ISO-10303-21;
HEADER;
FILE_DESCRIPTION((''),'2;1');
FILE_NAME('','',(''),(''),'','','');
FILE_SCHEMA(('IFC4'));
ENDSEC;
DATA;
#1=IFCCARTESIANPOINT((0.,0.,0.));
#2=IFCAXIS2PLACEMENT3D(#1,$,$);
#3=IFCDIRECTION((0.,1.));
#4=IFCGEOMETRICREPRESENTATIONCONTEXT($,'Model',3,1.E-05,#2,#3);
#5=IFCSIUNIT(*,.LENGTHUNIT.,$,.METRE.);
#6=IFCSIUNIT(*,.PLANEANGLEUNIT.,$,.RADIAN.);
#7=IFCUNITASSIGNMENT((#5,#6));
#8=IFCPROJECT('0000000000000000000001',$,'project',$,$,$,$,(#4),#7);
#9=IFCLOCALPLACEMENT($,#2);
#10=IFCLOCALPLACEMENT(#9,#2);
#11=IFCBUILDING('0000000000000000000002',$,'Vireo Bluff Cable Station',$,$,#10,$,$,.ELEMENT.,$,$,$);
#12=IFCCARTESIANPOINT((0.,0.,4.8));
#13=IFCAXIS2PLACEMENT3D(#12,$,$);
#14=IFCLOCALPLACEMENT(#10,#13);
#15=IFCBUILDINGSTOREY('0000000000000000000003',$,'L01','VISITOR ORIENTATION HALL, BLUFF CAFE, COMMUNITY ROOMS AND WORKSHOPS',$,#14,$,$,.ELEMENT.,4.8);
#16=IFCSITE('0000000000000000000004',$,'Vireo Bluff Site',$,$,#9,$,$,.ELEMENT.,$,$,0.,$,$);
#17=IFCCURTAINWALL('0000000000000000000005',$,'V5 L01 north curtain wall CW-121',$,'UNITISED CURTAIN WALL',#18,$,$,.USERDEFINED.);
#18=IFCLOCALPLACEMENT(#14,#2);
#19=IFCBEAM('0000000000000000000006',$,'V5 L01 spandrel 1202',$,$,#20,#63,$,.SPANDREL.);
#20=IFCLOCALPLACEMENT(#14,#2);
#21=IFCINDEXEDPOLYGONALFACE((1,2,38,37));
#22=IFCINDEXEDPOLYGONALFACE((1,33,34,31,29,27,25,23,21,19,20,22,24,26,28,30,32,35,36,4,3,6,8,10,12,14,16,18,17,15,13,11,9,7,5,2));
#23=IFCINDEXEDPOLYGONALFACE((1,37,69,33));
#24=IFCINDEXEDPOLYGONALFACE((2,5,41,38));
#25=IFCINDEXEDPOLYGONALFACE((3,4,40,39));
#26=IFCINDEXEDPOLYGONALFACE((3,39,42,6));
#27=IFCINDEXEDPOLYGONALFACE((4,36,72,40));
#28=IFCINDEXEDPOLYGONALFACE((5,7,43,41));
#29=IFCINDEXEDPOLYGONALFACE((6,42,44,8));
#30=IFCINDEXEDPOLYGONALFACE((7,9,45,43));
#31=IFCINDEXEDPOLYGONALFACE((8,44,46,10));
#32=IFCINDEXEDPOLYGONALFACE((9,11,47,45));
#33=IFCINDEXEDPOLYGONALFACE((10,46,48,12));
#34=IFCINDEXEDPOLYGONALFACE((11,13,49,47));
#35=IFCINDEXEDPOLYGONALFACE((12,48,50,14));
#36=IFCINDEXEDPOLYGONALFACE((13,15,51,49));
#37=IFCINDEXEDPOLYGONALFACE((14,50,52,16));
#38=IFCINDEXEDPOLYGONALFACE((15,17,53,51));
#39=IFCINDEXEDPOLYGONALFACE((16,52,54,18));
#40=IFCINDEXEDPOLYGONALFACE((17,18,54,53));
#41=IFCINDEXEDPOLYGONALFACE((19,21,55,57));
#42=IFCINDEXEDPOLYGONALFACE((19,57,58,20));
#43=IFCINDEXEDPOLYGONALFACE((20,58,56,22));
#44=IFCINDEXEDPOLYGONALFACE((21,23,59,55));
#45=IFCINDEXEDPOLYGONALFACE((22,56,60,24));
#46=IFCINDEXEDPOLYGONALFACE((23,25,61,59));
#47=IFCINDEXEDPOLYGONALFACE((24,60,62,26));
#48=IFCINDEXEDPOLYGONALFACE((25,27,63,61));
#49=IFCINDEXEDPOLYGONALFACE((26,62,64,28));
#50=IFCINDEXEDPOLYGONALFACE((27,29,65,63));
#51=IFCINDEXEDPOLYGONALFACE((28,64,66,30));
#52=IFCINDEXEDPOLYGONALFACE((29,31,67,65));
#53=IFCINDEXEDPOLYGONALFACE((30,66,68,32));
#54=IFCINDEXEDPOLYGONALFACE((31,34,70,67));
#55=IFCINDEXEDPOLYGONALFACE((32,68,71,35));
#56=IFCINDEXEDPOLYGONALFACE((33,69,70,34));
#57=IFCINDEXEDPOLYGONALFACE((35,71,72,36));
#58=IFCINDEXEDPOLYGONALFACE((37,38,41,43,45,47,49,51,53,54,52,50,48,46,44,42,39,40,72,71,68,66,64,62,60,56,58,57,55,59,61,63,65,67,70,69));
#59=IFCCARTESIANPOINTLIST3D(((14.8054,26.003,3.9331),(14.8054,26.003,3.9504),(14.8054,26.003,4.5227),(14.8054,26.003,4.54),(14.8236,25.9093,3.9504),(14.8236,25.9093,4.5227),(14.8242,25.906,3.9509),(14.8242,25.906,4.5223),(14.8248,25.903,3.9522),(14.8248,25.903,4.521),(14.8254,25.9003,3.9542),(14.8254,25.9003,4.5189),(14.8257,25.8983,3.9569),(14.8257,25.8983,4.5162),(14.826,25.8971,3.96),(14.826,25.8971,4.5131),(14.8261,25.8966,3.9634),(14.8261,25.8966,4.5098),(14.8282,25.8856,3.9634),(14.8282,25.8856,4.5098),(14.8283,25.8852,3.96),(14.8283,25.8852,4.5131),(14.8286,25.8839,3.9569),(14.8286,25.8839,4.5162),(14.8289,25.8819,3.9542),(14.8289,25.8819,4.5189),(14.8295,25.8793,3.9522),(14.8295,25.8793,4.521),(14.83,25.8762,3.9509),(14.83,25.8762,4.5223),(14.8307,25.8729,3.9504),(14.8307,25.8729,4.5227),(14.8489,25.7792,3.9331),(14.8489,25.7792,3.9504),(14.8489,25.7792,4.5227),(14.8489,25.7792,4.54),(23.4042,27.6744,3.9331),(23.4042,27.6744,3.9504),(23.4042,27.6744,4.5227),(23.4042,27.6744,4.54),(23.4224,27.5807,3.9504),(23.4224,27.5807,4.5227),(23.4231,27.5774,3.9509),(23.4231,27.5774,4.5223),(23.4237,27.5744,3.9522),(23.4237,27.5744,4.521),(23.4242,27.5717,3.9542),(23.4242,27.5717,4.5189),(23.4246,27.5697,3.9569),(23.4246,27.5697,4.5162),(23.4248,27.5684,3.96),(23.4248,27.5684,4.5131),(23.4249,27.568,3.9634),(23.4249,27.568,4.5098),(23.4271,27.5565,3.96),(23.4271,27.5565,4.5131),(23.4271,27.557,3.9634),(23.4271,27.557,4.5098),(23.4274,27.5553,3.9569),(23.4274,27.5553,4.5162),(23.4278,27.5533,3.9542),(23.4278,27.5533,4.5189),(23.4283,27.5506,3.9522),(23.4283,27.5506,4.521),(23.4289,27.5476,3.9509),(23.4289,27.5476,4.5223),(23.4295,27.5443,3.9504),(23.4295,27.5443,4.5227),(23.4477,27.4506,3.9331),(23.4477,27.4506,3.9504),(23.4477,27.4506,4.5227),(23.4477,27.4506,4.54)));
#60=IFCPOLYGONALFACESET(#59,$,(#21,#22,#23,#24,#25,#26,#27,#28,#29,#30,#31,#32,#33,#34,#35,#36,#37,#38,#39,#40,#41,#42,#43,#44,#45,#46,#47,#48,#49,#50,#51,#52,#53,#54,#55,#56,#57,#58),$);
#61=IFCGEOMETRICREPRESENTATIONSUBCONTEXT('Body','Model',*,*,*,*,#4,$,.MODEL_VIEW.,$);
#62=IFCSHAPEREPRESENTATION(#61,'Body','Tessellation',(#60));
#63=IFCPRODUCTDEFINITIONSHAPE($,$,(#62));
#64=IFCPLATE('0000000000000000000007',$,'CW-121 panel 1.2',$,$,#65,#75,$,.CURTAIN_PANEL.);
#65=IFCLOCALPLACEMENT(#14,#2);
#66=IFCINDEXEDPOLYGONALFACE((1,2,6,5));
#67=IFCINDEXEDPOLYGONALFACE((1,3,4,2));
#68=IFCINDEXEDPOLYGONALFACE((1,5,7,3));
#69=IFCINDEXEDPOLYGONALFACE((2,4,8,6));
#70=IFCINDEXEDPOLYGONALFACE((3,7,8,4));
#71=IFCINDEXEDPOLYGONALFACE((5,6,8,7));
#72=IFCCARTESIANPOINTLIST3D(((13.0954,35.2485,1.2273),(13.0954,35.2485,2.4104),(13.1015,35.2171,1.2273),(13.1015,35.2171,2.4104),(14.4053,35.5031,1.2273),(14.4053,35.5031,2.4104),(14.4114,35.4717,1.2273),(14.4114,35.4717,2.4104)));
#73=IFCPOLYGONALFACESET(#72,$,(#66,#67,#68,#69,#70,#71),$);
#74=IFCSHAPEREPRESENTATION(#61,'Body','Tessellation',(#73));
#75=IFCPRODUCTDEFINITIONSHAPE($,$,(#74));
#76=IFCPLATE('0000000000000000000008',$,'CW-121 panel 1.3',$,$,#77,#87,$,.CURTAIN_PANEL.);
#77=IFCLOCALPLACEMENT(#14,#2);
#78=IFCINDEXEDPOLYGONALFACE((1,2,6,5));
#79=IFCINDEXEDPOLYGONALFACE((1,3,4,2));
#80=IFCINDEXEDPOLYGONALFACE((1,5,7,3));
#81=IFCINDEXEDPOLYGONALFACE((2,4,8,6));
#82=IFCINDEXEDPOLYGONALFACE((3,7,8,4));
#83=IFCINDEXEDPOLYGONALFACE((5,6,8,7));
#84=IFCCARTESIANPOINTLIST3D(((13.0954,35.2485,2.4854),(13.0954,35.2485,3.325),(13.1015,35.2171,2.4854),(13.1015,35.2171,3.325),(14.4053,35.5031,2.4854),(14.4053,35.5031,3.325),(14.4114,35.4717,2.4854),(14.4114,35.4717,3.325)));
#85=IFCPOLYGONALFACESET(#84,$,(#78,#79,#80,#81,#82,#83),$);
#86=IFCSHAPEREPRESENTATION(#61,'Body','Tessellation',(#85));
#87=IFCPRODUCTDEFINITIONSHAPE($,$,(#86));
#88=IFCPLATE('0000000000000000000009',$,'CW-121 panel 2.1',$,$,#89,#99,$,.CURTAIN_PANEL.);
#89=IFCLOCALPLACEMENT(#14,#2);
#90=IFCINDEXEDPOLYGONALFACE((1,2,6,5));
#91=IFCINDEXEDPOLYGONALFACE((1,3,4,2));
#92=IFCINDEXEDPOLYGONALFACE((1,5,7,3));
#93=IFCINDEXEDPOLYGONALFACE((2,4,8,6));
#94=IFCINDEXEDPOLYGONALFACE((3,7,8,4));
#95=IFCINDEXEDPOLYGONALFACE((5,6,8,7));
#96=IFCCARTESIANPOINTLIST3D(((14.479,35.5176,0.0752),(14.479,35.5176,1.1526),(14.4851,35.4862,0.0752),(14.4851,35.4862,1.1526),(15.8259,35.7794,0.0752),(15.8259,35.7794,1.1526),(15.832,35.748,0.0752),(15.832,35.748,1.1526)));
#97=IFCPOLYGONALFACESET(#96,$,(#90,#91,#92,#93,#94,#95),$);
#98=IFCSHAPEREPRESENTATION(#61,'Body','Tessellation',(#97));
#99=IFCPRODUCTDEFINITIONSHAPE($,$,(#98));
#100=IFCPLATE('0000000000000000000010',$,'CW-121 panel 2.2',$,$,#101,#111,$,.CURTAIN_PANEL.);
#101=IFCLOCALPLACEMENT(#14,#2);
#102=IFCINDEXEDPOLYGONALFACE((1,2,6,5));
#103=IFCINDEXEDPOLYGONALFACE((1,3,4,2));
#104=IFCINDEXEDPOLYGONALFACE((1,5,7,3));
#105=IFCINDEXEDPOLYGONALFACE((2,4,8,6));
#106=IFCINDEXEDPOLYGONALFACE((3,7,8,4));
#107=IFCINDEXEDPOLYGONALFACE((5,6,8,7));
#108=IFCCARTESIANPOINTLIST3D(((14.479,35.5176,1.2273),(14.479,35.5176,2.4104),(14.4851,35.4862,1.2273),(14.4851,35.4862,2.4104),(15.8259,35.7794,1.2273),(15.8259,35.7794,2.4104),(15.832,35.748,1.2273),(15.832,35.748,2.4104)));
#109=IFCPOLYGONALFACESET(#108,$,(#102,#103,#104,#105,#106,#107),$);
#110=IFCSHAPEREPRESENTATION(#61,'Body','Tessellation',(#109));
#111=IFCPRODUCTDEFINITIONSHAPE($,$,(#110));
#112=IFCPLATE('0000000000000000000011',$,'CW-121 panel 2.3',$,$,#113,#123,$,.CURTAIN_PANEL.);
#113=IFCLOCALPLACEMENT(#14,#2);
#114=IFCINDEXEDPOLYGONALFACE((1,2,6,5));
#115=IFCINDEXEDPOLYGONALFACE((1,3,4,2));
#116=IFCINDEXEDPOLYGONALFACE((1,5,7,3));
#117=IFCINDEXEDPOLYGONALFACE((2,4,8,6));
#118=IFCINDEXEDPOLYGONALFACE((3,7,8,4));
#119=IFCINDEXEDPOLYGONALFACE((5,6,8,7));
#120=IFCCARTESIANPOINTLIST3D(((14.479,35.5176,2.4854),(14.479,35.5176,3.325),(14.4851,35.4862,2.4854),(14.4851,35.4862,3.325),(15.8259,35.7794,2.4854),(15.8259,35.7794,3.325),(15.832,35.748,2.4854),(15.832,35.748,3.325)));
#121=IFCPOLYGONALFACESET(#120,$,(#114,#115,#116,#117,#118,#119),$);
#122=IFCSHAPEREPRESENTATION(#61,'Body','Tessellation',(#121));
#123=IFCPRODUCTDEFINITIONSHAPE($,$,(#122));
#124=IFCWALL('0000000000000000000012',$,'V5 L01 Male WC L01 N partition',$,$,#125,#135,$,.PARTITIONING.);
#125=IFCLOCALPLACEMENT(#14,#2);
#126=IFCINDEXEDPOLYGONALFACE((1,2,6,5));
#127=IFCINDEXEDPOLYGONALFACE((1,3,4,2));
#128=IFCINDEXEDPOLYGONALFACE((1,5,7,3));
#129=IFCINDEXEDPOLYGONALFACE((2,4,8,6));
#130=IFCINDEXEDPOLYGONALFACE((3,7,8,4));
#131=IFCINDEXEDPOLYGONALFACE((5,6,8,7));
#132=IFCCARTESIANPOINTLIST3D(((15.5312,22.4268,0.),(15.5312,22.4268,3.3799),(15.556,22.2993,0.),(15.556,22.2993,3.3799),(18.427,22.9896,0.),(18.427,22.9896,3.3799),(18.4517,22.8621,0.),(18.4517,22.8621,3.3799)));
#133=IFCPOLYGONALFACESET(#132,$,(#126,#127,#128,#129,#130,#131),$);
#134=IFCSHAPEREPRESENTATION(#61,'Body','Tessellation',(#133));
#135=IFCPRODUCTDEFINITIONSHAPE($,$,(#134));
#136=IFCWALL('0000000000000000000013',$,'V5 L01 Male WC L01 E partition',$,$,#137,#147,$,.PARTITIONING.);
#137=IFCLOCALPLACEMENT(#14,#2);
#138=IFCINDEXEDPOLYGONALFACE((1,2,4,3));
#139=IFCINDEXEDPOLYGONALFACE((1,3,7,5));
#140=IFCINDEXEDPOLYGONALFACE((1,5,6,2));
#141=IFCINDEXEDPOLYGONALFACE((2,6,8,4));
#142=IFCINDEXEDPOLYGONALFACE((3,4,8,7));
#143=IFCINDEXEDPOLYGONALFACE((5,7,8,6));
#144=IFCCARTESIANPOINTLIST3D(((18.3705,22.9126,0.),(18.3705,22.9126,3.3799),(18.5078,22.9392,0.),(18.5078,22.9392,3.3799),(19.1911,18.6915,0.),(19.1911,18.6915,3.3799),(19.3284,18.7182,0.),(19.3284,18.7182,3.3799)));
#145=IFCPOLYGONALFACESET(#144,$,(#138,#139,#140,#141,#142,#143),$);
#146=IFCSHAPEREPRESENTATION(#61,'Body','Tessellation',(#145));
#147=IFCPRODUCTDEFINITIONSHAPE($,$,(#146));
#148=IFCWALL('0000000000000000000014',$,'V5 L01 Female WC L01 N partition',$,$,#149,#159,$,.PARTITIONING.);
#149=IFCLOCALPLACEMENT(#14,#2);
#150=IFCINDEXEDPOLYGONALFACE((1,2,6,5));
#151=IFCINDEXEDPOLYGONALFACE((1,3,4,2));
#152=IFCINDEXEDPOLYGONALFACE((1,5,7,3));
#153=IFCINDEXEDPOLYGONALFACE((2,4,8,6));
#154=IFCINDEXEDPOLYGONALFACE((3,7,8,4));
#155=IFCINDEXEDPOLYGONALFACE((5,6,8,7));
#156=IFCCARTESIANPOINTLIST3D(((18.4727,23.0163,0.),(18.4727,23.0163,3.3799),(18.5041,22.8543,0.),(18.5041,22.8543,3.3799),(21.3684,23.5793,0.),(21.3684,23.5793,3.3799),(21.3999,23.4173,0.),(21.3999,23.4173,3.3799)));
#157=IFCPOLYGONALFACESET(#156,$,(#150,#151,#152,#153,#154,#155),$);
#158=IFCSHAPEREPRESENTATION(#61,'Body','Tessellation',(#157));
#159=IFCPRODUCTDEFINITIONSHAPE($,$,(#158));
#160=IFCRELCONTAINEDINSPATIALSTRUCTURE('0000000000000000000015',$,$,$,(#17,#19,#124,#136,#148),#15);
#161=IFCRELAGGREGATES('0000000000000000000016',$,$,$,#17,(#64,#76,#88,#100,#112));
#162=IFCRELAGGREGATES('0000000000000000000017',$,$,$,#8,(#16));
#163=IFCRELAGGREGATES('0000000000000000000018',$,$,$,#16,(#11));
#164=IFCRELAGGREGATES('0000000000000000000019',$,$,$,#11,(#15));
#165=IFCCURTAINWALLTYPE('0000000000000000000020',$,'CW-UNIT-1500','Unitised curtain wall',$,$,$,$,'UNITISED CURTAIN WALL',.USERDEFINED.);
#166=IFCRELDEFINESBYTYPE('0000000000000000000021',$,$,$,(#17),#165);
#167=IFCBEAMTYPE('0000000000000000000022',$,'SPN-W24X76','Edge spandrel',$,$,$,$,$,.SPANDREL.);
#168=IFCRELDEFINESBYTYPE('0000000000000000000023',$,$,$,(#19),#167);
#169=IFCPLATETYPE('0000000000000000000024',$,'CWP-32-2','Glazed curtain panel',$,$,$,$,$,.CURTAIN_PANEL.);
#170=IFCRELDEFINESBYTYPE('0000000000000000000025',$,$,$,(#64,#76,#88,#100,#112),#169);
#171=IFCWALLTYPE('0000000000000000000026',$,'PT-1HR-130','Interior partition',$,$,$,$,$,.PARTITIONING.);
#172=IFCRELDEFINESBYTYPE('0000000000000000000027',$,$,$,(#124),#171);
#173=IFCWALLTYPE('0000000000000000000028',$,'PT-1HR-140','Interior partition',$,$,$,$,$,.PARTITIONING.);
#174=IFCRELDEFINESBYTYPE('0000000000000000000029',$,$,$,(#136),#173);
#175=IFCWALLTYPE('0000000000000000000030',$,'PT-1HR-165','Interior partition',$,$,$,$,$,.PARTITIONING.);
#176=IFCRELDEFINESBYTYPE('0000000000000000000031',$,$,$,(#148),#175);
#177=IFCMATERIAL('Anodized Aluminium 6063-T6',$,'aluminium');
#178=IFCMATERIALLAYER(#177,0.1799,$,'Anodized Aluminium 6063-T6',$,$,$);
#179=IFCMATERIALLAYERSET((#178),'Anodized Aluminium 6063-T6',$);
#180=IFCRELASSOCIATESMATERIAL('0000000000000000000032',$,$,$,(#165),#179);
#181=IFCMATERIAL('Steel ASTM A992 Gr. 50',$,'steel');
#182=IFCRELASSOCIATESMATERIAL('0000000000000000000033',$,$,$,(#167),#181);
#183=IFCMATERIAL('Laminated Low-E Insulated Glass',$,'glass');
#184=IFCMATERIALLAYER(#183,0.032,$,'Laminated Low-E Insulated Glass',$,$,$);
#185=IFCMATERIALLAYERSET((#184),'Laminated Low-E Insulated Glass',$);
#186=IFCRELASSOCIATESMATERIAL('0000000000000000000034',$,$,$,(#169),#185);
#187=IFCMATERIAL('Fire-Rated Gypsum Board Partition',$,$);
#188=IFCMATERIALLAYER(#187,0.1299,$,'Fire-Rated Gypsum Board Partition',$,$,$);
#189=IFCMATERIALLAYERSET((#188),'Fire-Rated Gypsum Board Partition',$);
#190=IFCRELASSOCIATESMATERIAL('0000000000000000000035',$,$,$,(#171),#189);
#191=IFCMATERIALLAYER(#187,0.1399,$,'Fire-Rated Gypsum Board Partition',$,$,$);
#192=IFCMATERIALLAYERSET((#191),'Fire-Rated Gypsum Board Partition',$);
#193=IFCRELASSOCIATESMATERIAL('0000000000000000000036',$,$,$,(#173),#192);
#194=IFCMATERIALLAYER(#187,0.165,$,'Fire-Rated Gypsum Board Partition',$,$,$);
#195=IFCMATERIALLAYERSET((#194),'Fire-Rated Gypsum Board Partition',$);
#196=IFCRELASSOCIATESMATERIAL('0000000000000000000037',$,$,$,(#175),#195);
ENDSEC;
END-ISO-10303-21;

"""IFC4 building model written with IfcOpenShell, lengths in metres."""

from ifc_helpers import new_model, si_unit, direction, frame, frame_2d, origin, origin_2d, place, context, subcontext, project, spatial, rectangle, i_section, extrude, material, layer, layer_set, material_profile, profile_set, type_object, element, aggregate, save


model = new_model("IFC4")

# Units and contexts
model_context = context("Model", 3, precision=1e-05, world=origin(), true_north=direction((0.0, 1.0)))
body_context = subcontext(model_context, "Body", "Model", "MODEL_VIEW")
ifc_project = project(units=[si_unit("LENGTHUNIT", "METRE"), si_unit("PLANEANGLEUNIT", "RADIAN")], contexts=[model_context])

# Site, building, storey
site_placement = place(None, origin())
site = spatial("IfcSite", under=ifc_project, at=site_placement, Name="Vireo Bluff Site", CompositionType="ELEMENT", RefElevation=0.0)
building_placement = place(site_placement, origin())
building = spatial("IfcBuilding", under=site, at=building_placement, Name="Vireo Bluff Cable Station", CompositionType="ELEMENT")
storey_placement = place(building_placement, frame((0.0, 0.0, 4.8)))
storey = spatial("IfcBuildingStorey", under=building, at=storey_placement, Name="L01", Description="VISITOR ORIENTATION HALL, BLUFF CAFE, COMMUNITY ROOMS AND WORKSHOPS", CompositionType="ELEMENT", Elevation=4.8)

# Shared definitions
ifc_material_1 = material(Name="Steel ASTM A992 Gr. 50", Category="steel")

# Curtain wall
ifc_material_2 = material(Name="Anodized Aluminium 6063-T6", Category="aluminium")
ifc_layer_1 = layer(ifc_material_2, 0.1799, Name="Anodized Aluminium 6063-T6")
ifc_layer_set_1 = layer_set([ifc_layer_1], Name="Anodized Aluminium 6063-T6")
curtain_wall_type = type_object("IfcCurtainWallType", Name="CW-UNIT-1500", Description="Unitised curtain wall", ElementType="UNITISED CURTAIN WALL", PredefinedType="USERDEFINED", material=ifc_layer_set_1)
curtain_wall_placement = place(storey_placement, origin())
curtain_wall = element("IfcCurtainWall", 1, at=curtain_wall_placement, inside=storey, type_object=curtain_wall_type, Name="V5 L01 north curtain wall CW-121", ObjectType="UNITISED CURTAIN WALL", PredefinedType="USERDEFINED")

# Beam
ifc_material_profile_1 = material_profile(ifc_material_1, i_section(OverallWidth=0.228, OverallDepth=0.6069, WebThickness=0.0112, FlangeThickness=0.0173, FilletRadius=0.0129, at=origin_2d()), Name="W24X76")
ifc_profile_set_1 = profile_set([ifc_material_profile_1], Name="Steel ASTM A992 Gr. 50")
beam_type_1 = type_object("IfcBeamType", Name="SPN-W24X76", Description="Edge spandrel", PredefinedType="SPANDREL", material=ifc_profile_set_1)
beam_1_placement = place(storey_placement, frame((14.8271, 25.8911, 4.2366), z_axis=(0.981629, 0.190802, 0.0), x_axis=(-0.190802, 0.981629, 0.0)))
element("IfcBeam", 2, at=beam_1_placement, inside=storey, type_object=beam_type_1, Name="V5 L01 spandrel 1202", PredefinedType="SPANDREL", context=body_context, shape_type="SweptSolid", body=[
    extrude(i_section(OverallWidth=0.228, OverallDepth=0.6069, WebThickness=0.0112, FlangeThickness=0.0173, FilletRadius=0.0129, at=origin_2d()), origin(), (0.0, 0.0, 1.0), 8.7598),
])

# Plates
ifc_material_3 = material(Name="Laminated Low-E Insulated Glass", Category="glass")
ifc_layer_2 = layer(ifc_material_3, 0.032, Name="Laminated Low-E Insulated Glass")
ifc_layer_set_2 = layer_set([ifc_layer_2], Name="Laminated Low-E Insulated Glass")
plate_type = type_object("IfcPlateType", Name="CWP-32-2", Description="Glazed curtain panel", PredefinedType="CURTAIN_PANEL", material=ifc_layer_set_2)
plate_1_placement = place(storey_placement, frame((13.7534, 35.3601, 1.2273), z_axis=(0.0, 0.0, 1.0), x_axis=(0.981627, 0.190809, 0.0)))
plate_1 = element("IfcPlate", 3, at=plate_1_placement, type_object=plate_type, Name="CW-121 panel 1.2", PredefinedType="CURTAIN_PANEL", context=body_context, shape_type="SweptSolid", body=[
    extrude(rectangle(XDim=1.3345, YDim=0.032, at=origin_2d()), origin(), (0.0, 0.0, 1.0), 1.1831),
])
plate_2_placement = place(storey_placement, frame((13.7534, 35.3601, 2.4854), z_axis=(0.0, 0.0, 1.0), x_axis=(0.981627, 0.190809, 0.0)))
plate_2 = element("IfcPlate", 4, at=plate_2_placement, type_object=plate_type, Name="CW-121 panel 1.3", PredefinedType="CURTAIN_PANEL", context=body_context, shape_type="SweptSolid", body=[
    extrude(rectangle(XDim=1.3345, YDim=0.032, at=origin_2d()), origin(), (0.0, 0.0, 1.0), 0.8396),
])
plate_3_placement = place(storey_placement, frame((15.1555, 35.6328, 0.0752), z_axis=(0.0, 0.0, 1.0), x_axis=(0.981627, 0.190809, 0.0)))
plate_3 = element("IfcPlate", 5, at=plate_3_placement, type_object=plate_type, Name="CW-121 panel 2.1", PredefinedType="CURTAIN_PANEL", context=body_context, shape_type="SweptSolid", body=[
    extrude(rectangle(XDim=1.3721, YDim=0.032, at=origin_2d()), origin(), (0.0, 0.0, 1.0), 1.0774),
])
plate_4_placement = place(storey_placement, frame((15.1555, 35.6328, 1.2273), z_axis=(0.0, 0.0, 1.0), x_axis=(0.981627, 0.190809, 0.0)))
plate_4 = element("IfcPlate", 6, at=plate_4_placement, type_object=plate_type, Name="CW-121 panel 2.2", PredefinedType="CURTAIN_PANEL", context=body_context, shape_type="SweptSolid", body=[
    extrude(rectangle(XDim=1.3721, YDim=0.032, at=origin_2d()), origin(), (0.0, 0.0, 1.0), 1.1831),
])
plate_5_placement = place(storey_placement, frame((15.1555, 35.6328, 2.4854), z_axis=(0.0, 0.0, 1.0), x_axis=(0.981627, 0.190809, 0.0)))
plate_5 = element("IfcPlate", 7, at=plate_5_placement, type_object=plate_type, Name="CW-121 panel 2.3", PredefinedType="CURTAIN_PANEL", context=body_context, shape_type="SweptSolid", body=[
    extrude(rectangle(XDim=1.3721, YDim=0.032, at=origin_2d()), origin(), (0.0, 0.0, 1.0), 0.8396),
])
aggregate(curtain_wall, [plate_1, plate_2, plate_3, plate_4, plate_5])

# Walls
ifc_material_4 = material(Name="Fire-Rated Gypsum Board Partition")
ifc_layer_3 = layer(ifc_material_4, 0.1299, Name="Fire-Rated Gypsum Board Partition")
ifc_layer_set_3 = layer_set([ifc_layer_3], Name="Fire-Rated Gypsum Board Partition")
wall_type_1 = type_object("IfcWallType", Name="PT-1HR-130", Description="Interior partition", PredefinedType="PARTITIONING", material=ifc_layer_set_3)
wall_1_placement = place(storey_placement, frame((15.5435, 22.363, 0.0), z_axis=(0.0, 0.0, 1.0), x_axis=(0.981636, 0.190766, 0.0)))
element("IfcWall", 8, at=wall_1_placement, inside=storey, type_object=wall_type_1, Name="V5 L01 Male WC L01 N partition", PredefinedType="PARTITIONING", context=body_context, shape_type="SweptSolid", body=[
    extrude(rectangle(XDim=2.95, YDim=0.1299, at=frame_2d((1.4751, 0.0))), origin(), (0.0, 0.0, 1.0), 3.3799),
])
ifc_layer_4 = layer(ifc_material_4, 0.1399, Name="Fire-Rated Gypsum Board Partition")
ifc_layer_set_4 = layer_set([ifc_layer_4], Name="Fire-Rated Gypsum Board Partition")
wall_type_2 = type_object("IfcWallType", Name="PT-1HR-140", Description="Interior partition", PredefinedType="PARTITIONING", material=ifc_layer_set_4)
wall_2_placement = place(storey_placement, frame((18.4392, 22.9258, 0.0), z_axis=(0.0, 0.0, 1.0), x_axis=(0.190829, -0.981623, 0.0)))
element("IfcWall", 9, at=wall_2_placement, inside=storey, type_object=wall_type_2, Name="V5 L01 Male WC L01 E partition", PredefinedType="PARTITIONING", context=body_context, shape_type="SweptSolid", body=[
    extrude(rectangle(XDim=4.3, YDim=0.1399, at=frame_2d((2.1499, 0.0))), origin(), (0.0, 0.0, 1.0), 3.3799),
])
ifc_layer_5 = layer(ifc_material_4, 0.165, Name="Fire-Rated Gypsum Board Partition")
ifc_layer_set_5 = layer_set([ifc_layer_5], Name="Fire-Rated Gypsum Board Partition")
wall_type_3 = type_object("IfcWallType", Name="PT-1HR-165", Description="Interior partition", PredefinedType="PARTITIONING", material=ifc_layer_set_5)
wall_3_placement = place(storey_placement, frame((18.4883, 22.9353, 0.0), z_axis=(0.0, 0.0, 1.0), x_axis=(0.98162, 0.190845, 0.0)))
element("IfcWall", 10, at=wall_3_placement, inside=storey, type_object=wall_type_3, Name="V5 L01 Female WC L01 N partition", PredefinedType="PARTITIONING", context=body_context, shape_type="SweptSolid", body=[
    extrude(rectangle(XDim=2.95, YDim=0.165, at=frame_2d((1.4751, 0.0))), origin(), (0.0, 0.0, 1.0), 3.3799),
])

save(model, "model.ifc")
